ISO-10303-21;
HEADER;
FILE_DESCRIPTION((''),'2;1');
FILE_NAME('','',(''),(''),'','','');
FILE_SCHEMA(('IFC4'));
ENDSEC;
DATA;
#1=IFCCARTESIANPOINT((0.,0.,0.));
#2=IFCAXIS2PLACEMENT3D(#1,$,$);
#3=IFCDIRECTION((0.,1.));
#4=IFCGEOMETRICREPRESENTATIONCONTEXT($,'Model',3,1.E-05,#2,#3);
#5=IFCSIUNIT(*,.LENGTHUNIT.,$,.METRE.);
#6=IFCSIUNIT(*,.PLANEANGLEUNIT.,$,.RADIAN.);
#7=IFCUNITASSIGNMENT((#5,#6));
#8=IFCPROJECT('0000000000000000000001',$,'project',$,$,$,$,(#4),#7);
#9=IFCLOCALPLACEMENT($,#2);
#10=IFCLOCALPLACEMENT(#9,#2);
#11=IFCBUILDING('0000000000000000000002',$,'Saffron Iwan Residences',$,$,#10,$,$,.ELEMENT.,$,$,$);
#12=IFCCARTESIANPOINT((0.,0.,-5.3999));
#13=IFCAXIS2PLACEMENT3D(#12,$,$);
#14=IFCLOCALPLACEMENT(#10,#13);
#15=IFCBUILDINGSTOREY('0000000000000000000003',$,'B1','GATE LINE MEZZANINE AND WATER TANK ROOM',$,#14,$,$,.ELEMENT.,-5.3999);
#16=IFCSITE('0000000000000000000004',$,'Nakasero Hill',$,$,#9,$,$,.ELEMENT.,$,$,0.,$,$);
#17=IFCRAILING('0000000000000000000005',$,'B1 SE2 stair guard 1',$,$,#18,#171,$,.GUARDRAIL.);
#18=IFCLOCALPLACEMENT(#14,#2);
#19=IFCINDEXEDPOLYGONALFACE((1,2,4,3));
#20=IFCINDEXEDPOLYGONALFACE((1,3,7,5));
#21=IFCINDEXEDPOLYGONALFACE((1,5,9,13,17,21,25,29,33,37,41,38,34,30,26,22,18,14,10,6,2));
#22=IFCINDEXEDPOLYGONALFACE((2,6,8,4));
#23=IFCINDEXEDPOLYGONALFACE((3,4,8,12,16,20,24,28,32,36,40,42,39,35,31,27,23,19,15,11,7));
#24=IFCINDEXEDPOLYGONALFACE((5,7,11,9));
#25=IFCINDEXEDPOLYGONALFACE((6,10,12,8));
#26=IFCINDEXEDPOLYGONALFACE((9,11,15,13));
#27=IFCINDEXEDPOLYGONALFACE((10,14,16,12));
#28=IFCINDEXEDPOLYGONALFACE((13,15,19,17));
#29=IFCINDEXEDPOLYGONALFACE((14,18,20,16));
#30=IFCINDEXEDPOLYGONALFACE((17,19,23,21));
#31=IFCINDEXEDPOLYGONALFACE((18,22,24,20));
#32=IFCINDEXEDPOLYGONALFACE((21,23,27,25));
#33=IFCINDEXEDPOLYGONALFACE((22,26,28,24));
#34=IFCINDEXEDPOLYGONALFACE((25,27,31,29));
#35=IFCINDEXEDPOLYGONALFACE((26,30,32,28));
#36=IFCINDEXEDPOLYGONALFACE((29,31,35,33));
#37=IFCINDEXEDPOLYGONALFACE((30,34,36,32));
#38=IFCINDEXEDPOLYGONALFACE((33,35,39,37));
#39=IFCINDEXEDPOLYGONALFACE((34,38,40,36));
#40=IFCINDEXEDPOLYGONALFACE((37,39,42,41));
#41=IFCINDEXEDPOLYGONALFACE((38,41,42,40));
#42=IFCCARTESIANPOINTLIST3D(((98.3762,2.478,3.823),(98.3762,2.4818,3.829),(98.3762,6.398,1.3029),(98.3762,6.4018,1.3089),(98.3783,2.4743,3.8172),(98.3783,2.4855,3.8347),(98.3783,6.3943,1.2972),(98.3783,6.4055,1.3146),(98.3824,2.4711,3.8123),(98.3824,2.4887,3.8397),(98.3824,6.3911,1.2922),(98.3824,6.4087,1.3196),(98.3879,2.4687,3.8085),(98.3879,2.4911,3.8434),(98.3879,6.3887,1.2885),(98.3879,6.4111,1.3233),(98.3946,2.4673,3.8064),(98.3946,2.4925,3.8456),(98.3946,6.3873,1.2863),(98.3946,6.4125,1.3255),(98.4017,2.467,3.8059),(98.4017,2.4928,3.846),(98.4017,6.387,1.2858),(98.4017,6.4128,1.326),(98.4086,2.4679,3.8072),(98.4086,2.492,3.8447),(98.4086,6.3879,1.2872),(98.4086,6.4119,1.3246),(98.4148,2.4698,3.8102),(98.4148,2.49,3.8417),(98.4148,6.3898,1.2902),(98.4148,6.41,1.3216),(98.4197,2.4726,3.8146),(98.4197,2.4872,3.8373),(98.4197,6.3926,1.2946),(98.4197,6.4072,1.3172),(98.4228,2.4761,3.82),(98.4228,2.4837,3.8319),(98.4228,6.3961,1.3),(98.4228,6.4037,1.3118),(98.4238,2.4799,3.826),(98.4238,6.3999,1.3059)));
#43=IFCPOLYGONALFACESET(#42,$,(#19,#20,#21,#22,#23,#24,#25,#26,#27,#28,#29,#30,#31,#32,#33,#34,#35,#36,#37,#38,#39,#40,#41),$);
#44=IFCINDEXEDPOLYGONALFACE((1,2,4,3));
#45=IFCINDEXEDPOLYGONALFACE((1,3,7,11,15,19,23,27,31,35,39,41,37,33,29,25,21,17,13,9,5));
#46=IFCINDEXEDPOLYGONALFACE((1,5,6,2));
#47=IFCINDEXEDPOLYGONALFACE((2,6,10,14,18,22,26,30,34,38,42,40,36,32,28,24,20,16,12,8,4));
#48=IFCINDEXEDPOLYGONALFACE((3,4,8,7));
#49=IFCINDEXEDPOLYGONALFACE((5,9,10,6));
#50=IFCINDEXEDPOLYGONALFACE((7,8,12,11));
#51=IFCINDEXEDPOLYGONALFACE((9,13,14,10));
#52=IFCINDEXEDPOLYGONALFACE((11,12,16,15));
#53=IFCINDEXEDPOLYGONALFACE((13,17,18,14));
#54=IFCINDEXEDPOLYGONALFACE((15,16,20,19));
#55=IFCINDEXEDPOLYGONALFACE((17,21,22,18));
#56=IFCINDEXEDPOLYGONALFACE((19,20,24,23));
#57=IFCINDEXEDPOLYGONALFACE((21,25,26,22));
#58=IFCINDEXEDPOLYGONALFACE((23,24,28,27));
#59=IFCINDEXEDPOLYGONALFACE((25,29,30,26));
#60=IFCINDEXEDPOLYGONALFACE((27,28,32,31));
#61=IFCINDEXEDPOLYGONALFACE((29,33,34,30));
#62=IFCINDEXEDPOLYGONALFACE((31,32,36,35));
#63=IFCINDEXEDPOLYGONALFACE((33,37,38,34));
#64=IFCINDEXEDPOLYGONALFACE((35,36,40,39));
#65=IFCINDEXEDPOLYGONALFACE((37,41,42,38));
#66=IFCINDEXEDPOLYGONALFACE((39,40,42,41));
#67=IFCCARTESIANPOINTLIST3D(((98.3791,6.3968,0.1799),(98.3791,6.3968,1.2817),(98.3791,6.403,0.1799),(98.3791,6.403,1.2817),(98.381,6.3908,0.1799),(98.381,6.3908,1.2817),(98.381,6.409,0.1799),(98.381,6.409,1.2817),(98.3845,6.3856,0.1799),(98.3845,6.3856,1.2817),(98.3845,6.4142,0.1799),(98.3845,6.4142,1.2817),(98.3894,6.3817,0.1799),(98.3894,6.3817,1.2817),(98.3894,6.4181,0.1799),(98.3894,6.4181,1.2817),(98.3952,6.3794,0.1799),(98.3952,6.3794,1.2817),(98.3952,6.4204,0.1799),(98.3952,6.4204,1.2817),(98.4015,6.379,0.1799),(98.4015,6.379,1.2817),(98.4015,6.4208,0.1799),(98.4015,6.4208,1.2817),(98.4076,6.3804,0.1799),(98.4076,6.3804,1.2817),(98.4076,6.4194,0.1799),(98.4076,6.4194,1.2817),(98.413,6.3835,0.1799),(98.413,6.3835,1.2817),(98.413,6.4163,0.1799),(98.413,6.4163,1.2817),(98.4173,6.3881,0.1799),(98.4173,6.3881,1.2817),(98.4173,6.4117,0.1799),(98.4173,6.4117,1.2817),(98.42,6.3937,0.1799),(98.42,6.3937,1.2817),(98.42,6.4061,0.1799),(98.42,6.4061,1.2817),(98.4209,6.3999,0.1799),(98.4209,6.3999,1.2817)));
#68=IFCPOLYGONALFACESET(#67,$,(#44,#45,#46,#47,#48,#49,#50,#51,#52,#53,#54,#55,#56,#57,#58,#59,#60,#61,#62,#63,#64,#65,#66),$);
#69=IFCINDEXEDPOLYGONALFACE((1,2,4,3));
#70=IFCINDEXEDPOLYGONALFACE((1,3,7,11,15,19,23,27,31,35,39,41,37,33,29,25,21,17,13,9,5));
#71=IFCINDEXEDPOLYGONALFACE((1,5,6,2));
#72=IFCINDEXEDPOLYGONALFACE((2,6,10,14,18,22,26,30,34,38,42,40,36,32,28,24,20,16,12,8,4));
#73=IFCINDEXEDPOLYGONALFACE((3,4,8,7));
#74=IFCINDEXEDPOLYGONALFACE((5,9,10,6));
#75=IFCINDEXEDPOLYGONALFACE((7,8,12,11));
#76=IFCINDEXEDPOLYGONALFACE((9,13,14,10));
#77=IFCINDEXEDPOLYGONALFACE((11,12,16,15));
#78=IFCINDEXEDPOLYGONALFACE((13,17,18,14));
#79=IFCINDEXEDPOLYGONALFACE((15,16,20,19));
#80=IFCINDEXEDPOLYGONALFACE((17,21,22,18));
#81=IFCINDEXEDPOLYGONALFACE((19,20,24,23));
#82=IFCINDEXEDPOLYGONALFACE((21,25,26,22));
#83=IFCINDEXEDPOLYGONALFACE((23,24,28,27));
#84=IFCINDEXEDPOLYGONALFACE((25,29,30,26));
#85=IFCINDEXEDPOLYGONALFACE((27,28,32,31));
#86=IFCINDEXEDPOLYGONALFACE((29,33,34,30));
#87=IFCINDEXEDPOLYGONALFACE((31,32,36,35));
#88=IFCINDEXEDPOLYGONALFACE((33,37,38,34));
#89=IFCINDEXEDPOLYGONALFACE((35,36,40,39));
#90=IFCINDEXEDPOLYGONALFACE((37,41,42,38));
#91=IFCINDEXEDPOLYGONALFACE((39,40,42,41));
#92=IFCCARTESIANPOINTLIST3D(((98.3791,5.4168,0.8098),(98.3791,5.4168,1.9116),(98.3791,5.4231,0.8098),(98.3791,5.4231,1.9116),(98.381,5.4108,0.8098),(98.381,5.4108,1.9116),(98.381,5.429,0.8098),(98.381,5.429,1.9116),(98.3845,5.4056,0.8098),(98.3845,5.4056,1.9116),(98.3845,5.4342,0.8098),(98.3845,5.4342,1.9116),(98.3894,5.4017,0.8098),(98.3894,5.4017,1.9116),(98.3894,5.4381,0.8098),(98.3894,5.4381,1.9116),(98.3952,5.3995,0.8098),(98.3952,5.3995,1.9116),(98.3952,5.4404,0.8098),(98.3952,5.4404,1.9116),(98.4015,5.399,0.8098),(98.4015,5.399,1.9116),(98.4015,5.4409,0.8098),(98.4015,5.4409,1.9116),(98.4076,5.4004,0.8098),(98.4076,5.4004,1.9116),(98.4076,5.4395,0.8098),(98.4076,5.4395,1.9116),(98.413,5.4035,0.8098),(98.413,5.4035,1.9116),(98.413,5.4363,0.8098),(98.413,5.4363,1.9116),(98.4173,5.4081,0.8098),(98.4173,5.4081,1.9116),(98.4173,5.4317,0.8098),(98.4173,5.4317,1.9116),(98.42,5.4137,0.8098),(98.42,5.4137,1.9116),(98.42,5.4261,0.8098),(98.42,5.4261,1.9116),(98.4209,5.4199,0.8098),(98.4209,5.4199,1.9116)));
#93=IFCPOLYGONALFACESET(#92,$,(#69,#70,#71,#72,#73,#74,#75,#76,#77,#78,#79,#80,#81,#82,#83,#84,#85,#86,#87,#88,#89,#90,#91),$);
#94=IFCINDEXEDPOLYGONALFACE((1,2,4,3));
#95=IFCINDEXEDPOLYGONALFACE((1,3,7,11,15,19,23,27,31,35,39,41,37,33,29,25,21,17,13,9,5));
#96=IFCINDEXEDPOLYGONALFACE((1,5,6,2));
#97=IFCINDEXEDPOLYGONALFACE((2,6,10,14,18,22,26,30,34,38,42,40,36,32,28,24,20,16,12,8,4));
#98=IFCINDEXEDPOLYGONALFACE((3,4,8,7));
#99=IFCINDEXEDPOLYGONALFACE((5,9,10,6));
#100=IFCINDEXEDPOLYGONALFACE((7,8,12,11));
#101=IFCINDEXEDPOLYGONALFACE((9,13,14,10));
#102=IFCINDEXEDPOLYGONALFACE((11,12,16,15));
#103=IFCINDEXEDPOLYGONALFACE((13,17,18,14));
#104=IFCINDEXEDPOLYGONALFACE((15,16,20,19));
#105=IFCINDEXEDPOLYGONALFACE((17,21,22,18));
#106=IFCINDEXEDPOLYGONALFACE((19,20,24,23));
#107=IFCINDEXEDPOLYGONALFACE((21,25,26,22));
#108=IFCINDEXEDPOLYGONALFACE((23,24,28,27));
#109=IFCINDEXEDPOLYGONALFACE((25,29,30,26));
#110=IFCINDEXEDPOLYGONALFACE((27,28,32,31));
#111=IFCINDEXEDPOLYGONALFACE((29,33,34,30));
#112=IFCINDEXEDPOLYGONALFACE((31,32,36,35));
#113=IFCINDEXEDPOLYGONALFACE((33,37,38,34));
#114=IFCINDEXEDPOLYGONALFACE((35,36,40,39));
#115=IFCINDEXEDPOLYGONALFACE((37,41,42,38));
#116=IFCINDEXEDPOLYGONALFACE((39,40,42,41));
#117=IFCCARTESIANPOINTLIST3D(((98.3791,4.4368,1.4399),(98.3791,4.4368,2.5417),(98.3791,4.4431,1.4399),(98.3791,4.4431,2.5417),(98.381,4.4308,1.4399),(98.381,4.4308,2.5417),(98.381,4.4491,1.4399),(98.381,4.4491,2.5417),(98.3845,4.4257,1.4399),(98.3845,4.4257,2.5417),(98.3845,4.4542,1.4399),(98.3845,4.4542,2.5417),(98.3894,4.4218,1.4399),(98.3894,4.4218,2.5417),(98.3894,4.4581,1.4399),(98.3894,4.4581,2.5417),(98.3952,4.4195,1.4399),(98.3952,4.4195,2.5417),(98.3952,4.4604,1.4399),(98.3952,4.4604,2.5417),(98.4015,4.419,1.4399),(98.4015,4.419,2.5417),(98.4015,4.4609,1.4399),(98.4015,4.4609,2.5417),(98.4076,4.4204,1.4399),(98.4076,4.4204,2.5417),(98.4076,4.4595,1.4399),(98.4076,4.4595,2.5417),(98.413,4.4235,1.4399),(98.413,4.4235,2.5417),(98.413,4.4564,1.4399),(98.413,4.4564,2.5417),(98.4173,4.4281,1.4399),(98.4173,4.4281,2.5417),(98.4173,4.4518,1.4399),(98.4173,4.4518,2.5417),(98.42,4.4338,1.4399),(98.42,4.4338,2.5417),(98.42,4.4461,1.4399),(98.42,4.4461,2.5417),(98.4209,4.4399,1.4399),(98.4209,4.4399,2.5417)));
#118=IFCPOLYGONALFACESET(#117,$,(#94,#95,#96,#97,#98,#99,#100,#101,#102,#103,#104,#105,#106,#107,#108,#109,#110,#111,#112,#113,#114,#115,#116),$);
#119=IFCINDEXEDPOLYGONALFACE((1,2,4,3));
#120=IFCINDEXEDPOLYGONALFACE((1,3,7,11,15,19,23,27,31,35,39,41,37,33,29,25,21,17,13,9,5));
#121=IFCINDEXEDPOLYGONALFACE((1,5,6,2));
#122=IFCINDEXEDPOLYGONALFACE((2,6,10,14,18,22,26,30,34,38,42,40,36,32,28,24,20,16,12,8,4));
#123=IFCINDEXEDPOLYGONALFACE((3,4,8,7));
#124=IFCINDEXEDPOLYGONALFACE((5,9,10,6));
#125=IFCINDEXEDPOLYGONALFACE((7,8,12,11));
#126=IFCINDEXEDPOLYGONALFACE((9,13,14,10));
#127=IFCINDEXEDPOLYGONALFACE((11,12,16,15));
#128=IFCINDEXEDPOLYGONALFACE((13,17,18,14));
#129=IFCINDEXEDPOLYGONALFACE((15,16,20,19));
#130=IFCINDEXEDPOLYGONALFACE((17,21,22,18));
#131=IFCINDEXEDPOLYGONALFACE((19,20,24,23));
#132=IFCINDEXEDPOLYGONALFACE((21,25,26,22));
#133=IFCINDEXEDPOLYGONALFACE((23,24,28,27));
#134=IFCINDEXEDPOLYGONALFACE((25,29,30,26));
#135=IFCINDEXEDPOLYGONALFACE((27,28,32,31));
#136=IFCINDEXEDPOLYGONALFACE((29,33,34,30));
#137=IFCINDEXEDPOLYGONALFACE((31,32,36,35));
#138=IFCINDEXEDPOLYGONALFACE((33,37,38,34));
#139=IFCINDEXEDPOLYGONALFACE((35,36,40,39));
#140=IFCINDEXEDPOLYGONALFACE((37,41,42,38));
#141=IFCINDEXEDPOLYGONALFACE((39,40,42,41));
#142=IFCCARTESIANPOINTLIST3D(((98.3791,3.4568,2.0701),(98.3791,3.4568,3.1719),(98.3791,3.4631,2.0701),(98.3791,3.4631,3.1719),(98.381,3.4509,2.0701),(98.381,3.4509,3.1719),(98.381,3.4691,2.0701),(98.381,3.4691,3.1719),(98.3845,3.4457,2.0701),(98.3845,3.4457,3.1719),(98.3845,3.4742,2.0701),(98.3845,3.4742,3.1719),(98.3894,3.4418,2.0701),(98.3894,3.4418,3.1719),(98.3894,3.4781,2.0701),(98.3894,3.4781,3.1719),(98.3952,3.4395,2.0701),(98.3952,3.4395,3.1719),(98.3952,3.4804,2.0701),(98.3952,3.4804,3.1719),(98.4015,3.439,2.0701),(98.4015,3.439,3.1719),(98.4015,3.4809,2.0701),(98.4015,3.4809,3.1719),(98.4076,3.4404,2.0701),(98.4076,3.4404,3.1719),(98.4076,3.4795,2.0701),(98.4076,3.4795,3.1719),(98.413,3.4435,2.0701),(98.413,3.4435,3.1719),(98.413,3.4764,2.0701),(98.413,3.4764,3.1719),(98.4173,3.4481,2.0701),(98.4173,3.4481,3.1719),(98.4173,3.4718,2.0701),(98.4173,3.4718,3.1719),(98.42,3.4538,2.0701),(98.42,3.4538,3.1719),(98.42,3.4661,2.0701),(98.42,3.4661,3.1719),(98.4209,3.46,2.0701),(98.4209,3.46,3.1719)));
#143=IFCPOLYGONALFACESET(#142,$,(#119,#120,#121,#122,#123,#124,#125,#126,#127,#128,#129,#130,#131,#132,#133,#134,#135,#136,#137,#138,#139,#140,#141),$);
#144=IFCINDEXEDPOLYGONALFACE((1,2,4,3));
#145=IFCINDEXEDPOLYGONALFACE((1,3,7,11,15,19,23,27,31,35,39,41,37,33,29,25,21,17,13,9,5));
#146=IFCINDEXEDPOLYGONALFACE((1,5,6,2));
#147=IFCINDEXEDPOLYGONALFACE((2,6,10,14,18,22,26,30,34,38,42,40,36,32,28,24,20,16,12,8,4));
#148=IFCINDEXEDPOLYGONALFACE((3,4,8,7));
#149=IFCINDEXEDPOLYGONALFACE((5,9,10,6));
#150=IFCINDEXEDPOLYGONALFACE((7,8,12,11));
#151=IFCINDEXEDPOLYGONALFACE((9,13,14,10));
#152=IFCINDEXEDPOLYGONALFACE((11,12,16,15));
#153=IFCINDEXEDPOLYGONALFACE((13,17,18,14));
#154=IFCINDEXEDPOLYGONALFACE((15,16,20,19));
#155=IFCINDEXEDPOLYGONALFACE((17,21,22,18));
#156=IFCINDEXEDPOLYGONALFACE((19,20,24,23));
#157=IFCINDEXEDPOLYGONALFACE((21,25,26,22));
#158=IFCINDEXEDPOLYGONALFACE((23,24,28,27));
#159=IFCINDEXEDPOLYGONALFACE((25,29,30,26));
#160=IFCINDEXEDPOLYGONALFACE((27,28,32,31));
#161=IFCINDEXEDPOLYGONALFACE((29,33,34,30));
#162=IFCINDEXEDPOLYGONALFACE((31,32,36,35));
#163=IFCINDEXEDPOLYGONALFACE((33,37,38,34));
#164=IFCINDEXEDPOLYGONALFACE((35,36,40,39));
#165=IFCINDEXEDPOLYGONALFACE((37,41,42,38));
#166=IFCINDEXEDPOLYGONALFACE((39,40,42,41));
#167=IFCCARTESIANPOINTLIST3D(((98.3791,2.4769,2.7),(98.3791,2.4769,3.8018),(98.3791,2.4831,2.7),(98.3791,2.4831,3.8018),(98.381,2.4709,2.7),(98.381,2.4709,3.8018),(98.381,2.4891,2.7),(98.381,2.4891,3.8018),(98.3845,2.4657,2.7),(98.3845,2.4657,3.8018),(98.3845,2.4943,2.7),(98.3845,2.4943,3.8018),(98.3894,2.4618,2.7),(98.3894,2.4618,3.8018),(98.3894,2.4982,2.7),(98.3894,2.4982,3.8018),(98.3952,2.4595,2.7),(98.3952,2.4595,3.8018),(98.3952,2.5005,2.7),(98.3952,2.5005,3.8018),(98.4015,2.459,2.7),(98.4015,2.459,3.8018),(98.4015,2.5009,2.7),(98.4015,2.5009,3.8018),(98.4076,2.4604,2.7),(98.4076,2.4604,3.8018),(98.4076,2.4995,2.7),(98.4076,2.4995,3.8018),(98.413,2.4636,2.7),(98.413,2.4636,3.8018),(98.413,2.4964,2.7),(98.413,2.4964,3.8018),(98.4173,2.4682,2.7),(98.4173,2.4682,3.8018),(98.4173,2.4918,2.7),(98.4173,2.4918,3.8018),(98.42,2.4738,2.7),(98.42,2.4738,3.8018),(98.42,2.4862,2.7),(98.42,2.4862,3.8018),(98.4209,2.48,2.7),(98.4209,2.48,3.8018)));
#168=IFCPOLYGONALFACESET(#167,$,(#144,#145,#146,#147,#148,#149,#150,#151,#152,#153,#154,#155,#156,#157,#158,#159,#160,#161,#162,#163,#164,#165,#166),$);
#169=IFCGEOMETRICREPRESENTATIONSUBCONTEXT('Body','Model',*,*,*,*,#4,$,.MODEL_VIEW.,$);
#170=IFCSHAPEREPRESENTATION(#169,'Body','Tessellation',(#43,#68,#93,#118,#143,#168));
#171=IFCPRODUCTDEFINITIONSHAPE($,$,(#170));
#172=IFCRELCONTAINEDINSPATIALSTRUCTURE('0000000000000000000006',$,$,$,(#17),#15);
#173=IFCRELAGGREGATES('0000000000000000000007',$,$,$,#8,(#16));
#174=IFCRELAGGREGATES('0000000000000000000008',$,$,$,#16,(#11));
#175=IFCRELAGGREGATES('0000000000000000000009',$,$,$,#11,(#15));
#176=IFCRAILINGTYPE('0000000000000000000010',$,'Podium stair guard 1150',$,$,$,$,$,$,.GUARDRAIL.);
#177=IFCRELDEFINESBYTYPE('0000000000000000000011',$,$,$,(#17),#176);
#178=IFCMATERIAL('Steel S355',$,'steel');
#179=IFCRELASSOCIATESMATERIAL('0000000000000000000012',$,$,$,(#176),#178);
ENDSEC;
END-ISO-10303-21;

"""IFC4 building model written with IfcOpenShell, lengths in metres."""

from ifc_helpers import new_model, si_unit, direction, frame, origin, origin_2d, place, context, subcontext, project, spatial, circle, extrude, material, type_object, element, save


model = new_model("IFC4")

# Units and contexts
model_context = context("Model", 3, precision=1e-05, world=origin(), true_north=direction((0.0, 1.0)))
body_context = subcontext(model_context, "Body", "Model", "MODEL_VIEW")
ifc_project = project(units=[si_unit("LENGTHUNIT", "METRE"), si_unit("PLANEANGLEUNIT", "RADIAN")], contexts=[model_context])

# Site, building, storey
site_placement = place(None, origin())
site = spatial("IfcSite", under=ifc_project, at=site_placement, Name="Nakasero Hill", CompositionType="ELEMENT", RefElevation=0.0)
building_placement = place(site_placement, origin())
building = spatial("IfcBuilding", under=site, at=building_placement, Name="Saffron Iwan Residences", CompositionType="ELEMENT")
storey_placement = place(building_placement, frame((0.0, 0.0, -5.3999)))
storey = spatial("IfcBuildingStorey", under=building, at=storey_placement, Name="B1", Description="GATE LINE MEZZANINE AND WATER TANK ROOM", CompositionType="ELEMENT", Elevation=-5.3999)

# Railing
ifc_material_1 = material(Name="Steel S355", Category="steel")
railing_type_1 = type_object("IfcRailingType", Name="Podium stair guard 1150", PredefinedType="GUARDRAIL", material=ifc_material_1)
railing_1_placement = place(storey_placement, frame((98.3999, 6.3999, 0.1799)))
element("IfcRailing", 1, at=railing_1_placement, inside=storey, type_object=railing_type_1, Name="B1 SE2 stair guard 1", PredefinedType="GUARDRAIL", context=body_context, shape_type="SweptSolid", body=[
    extrude(circle(Radius=0.0239, at=origin_2d()), frame((0.0, 0.0, 1.126), z_axis=(0.0, -0.841172, 0.540768), x_axis=(1.0, 0.0, 0.0)), (0.0, 0.0, 1.0), 4.6602),
    extrude(circle(Radius=0.021, at=origin_2d()), origin(), (0.0, 0.0, 1.0), 1.1018),
    extrude(circle(Radius=0.021, at=origin_2d()), frame((0.0, -0.98, 0.6299)), (0.0, 0.0, 1.0), 1.1018),
    extrude(circle(Radius=0.021, at=origin_2d()), frame((0.0, -1.96, 1.26)), (0.0, 0.0, 1.0), 1.1018),
    extrude(circle(Radius=0.021, at=origin_2d()), frame((0.0, -2.9399, 1.8901)), (0.0, 0.0, 1.0), 1.1018),
    extrude(circle(Radius=0.021, at=origin_2d()), frame((0.0, -3.9199, 2.52)), (0.0, 0.0, 1.0), 1.1018),
])

save(model, "model.ifc")
